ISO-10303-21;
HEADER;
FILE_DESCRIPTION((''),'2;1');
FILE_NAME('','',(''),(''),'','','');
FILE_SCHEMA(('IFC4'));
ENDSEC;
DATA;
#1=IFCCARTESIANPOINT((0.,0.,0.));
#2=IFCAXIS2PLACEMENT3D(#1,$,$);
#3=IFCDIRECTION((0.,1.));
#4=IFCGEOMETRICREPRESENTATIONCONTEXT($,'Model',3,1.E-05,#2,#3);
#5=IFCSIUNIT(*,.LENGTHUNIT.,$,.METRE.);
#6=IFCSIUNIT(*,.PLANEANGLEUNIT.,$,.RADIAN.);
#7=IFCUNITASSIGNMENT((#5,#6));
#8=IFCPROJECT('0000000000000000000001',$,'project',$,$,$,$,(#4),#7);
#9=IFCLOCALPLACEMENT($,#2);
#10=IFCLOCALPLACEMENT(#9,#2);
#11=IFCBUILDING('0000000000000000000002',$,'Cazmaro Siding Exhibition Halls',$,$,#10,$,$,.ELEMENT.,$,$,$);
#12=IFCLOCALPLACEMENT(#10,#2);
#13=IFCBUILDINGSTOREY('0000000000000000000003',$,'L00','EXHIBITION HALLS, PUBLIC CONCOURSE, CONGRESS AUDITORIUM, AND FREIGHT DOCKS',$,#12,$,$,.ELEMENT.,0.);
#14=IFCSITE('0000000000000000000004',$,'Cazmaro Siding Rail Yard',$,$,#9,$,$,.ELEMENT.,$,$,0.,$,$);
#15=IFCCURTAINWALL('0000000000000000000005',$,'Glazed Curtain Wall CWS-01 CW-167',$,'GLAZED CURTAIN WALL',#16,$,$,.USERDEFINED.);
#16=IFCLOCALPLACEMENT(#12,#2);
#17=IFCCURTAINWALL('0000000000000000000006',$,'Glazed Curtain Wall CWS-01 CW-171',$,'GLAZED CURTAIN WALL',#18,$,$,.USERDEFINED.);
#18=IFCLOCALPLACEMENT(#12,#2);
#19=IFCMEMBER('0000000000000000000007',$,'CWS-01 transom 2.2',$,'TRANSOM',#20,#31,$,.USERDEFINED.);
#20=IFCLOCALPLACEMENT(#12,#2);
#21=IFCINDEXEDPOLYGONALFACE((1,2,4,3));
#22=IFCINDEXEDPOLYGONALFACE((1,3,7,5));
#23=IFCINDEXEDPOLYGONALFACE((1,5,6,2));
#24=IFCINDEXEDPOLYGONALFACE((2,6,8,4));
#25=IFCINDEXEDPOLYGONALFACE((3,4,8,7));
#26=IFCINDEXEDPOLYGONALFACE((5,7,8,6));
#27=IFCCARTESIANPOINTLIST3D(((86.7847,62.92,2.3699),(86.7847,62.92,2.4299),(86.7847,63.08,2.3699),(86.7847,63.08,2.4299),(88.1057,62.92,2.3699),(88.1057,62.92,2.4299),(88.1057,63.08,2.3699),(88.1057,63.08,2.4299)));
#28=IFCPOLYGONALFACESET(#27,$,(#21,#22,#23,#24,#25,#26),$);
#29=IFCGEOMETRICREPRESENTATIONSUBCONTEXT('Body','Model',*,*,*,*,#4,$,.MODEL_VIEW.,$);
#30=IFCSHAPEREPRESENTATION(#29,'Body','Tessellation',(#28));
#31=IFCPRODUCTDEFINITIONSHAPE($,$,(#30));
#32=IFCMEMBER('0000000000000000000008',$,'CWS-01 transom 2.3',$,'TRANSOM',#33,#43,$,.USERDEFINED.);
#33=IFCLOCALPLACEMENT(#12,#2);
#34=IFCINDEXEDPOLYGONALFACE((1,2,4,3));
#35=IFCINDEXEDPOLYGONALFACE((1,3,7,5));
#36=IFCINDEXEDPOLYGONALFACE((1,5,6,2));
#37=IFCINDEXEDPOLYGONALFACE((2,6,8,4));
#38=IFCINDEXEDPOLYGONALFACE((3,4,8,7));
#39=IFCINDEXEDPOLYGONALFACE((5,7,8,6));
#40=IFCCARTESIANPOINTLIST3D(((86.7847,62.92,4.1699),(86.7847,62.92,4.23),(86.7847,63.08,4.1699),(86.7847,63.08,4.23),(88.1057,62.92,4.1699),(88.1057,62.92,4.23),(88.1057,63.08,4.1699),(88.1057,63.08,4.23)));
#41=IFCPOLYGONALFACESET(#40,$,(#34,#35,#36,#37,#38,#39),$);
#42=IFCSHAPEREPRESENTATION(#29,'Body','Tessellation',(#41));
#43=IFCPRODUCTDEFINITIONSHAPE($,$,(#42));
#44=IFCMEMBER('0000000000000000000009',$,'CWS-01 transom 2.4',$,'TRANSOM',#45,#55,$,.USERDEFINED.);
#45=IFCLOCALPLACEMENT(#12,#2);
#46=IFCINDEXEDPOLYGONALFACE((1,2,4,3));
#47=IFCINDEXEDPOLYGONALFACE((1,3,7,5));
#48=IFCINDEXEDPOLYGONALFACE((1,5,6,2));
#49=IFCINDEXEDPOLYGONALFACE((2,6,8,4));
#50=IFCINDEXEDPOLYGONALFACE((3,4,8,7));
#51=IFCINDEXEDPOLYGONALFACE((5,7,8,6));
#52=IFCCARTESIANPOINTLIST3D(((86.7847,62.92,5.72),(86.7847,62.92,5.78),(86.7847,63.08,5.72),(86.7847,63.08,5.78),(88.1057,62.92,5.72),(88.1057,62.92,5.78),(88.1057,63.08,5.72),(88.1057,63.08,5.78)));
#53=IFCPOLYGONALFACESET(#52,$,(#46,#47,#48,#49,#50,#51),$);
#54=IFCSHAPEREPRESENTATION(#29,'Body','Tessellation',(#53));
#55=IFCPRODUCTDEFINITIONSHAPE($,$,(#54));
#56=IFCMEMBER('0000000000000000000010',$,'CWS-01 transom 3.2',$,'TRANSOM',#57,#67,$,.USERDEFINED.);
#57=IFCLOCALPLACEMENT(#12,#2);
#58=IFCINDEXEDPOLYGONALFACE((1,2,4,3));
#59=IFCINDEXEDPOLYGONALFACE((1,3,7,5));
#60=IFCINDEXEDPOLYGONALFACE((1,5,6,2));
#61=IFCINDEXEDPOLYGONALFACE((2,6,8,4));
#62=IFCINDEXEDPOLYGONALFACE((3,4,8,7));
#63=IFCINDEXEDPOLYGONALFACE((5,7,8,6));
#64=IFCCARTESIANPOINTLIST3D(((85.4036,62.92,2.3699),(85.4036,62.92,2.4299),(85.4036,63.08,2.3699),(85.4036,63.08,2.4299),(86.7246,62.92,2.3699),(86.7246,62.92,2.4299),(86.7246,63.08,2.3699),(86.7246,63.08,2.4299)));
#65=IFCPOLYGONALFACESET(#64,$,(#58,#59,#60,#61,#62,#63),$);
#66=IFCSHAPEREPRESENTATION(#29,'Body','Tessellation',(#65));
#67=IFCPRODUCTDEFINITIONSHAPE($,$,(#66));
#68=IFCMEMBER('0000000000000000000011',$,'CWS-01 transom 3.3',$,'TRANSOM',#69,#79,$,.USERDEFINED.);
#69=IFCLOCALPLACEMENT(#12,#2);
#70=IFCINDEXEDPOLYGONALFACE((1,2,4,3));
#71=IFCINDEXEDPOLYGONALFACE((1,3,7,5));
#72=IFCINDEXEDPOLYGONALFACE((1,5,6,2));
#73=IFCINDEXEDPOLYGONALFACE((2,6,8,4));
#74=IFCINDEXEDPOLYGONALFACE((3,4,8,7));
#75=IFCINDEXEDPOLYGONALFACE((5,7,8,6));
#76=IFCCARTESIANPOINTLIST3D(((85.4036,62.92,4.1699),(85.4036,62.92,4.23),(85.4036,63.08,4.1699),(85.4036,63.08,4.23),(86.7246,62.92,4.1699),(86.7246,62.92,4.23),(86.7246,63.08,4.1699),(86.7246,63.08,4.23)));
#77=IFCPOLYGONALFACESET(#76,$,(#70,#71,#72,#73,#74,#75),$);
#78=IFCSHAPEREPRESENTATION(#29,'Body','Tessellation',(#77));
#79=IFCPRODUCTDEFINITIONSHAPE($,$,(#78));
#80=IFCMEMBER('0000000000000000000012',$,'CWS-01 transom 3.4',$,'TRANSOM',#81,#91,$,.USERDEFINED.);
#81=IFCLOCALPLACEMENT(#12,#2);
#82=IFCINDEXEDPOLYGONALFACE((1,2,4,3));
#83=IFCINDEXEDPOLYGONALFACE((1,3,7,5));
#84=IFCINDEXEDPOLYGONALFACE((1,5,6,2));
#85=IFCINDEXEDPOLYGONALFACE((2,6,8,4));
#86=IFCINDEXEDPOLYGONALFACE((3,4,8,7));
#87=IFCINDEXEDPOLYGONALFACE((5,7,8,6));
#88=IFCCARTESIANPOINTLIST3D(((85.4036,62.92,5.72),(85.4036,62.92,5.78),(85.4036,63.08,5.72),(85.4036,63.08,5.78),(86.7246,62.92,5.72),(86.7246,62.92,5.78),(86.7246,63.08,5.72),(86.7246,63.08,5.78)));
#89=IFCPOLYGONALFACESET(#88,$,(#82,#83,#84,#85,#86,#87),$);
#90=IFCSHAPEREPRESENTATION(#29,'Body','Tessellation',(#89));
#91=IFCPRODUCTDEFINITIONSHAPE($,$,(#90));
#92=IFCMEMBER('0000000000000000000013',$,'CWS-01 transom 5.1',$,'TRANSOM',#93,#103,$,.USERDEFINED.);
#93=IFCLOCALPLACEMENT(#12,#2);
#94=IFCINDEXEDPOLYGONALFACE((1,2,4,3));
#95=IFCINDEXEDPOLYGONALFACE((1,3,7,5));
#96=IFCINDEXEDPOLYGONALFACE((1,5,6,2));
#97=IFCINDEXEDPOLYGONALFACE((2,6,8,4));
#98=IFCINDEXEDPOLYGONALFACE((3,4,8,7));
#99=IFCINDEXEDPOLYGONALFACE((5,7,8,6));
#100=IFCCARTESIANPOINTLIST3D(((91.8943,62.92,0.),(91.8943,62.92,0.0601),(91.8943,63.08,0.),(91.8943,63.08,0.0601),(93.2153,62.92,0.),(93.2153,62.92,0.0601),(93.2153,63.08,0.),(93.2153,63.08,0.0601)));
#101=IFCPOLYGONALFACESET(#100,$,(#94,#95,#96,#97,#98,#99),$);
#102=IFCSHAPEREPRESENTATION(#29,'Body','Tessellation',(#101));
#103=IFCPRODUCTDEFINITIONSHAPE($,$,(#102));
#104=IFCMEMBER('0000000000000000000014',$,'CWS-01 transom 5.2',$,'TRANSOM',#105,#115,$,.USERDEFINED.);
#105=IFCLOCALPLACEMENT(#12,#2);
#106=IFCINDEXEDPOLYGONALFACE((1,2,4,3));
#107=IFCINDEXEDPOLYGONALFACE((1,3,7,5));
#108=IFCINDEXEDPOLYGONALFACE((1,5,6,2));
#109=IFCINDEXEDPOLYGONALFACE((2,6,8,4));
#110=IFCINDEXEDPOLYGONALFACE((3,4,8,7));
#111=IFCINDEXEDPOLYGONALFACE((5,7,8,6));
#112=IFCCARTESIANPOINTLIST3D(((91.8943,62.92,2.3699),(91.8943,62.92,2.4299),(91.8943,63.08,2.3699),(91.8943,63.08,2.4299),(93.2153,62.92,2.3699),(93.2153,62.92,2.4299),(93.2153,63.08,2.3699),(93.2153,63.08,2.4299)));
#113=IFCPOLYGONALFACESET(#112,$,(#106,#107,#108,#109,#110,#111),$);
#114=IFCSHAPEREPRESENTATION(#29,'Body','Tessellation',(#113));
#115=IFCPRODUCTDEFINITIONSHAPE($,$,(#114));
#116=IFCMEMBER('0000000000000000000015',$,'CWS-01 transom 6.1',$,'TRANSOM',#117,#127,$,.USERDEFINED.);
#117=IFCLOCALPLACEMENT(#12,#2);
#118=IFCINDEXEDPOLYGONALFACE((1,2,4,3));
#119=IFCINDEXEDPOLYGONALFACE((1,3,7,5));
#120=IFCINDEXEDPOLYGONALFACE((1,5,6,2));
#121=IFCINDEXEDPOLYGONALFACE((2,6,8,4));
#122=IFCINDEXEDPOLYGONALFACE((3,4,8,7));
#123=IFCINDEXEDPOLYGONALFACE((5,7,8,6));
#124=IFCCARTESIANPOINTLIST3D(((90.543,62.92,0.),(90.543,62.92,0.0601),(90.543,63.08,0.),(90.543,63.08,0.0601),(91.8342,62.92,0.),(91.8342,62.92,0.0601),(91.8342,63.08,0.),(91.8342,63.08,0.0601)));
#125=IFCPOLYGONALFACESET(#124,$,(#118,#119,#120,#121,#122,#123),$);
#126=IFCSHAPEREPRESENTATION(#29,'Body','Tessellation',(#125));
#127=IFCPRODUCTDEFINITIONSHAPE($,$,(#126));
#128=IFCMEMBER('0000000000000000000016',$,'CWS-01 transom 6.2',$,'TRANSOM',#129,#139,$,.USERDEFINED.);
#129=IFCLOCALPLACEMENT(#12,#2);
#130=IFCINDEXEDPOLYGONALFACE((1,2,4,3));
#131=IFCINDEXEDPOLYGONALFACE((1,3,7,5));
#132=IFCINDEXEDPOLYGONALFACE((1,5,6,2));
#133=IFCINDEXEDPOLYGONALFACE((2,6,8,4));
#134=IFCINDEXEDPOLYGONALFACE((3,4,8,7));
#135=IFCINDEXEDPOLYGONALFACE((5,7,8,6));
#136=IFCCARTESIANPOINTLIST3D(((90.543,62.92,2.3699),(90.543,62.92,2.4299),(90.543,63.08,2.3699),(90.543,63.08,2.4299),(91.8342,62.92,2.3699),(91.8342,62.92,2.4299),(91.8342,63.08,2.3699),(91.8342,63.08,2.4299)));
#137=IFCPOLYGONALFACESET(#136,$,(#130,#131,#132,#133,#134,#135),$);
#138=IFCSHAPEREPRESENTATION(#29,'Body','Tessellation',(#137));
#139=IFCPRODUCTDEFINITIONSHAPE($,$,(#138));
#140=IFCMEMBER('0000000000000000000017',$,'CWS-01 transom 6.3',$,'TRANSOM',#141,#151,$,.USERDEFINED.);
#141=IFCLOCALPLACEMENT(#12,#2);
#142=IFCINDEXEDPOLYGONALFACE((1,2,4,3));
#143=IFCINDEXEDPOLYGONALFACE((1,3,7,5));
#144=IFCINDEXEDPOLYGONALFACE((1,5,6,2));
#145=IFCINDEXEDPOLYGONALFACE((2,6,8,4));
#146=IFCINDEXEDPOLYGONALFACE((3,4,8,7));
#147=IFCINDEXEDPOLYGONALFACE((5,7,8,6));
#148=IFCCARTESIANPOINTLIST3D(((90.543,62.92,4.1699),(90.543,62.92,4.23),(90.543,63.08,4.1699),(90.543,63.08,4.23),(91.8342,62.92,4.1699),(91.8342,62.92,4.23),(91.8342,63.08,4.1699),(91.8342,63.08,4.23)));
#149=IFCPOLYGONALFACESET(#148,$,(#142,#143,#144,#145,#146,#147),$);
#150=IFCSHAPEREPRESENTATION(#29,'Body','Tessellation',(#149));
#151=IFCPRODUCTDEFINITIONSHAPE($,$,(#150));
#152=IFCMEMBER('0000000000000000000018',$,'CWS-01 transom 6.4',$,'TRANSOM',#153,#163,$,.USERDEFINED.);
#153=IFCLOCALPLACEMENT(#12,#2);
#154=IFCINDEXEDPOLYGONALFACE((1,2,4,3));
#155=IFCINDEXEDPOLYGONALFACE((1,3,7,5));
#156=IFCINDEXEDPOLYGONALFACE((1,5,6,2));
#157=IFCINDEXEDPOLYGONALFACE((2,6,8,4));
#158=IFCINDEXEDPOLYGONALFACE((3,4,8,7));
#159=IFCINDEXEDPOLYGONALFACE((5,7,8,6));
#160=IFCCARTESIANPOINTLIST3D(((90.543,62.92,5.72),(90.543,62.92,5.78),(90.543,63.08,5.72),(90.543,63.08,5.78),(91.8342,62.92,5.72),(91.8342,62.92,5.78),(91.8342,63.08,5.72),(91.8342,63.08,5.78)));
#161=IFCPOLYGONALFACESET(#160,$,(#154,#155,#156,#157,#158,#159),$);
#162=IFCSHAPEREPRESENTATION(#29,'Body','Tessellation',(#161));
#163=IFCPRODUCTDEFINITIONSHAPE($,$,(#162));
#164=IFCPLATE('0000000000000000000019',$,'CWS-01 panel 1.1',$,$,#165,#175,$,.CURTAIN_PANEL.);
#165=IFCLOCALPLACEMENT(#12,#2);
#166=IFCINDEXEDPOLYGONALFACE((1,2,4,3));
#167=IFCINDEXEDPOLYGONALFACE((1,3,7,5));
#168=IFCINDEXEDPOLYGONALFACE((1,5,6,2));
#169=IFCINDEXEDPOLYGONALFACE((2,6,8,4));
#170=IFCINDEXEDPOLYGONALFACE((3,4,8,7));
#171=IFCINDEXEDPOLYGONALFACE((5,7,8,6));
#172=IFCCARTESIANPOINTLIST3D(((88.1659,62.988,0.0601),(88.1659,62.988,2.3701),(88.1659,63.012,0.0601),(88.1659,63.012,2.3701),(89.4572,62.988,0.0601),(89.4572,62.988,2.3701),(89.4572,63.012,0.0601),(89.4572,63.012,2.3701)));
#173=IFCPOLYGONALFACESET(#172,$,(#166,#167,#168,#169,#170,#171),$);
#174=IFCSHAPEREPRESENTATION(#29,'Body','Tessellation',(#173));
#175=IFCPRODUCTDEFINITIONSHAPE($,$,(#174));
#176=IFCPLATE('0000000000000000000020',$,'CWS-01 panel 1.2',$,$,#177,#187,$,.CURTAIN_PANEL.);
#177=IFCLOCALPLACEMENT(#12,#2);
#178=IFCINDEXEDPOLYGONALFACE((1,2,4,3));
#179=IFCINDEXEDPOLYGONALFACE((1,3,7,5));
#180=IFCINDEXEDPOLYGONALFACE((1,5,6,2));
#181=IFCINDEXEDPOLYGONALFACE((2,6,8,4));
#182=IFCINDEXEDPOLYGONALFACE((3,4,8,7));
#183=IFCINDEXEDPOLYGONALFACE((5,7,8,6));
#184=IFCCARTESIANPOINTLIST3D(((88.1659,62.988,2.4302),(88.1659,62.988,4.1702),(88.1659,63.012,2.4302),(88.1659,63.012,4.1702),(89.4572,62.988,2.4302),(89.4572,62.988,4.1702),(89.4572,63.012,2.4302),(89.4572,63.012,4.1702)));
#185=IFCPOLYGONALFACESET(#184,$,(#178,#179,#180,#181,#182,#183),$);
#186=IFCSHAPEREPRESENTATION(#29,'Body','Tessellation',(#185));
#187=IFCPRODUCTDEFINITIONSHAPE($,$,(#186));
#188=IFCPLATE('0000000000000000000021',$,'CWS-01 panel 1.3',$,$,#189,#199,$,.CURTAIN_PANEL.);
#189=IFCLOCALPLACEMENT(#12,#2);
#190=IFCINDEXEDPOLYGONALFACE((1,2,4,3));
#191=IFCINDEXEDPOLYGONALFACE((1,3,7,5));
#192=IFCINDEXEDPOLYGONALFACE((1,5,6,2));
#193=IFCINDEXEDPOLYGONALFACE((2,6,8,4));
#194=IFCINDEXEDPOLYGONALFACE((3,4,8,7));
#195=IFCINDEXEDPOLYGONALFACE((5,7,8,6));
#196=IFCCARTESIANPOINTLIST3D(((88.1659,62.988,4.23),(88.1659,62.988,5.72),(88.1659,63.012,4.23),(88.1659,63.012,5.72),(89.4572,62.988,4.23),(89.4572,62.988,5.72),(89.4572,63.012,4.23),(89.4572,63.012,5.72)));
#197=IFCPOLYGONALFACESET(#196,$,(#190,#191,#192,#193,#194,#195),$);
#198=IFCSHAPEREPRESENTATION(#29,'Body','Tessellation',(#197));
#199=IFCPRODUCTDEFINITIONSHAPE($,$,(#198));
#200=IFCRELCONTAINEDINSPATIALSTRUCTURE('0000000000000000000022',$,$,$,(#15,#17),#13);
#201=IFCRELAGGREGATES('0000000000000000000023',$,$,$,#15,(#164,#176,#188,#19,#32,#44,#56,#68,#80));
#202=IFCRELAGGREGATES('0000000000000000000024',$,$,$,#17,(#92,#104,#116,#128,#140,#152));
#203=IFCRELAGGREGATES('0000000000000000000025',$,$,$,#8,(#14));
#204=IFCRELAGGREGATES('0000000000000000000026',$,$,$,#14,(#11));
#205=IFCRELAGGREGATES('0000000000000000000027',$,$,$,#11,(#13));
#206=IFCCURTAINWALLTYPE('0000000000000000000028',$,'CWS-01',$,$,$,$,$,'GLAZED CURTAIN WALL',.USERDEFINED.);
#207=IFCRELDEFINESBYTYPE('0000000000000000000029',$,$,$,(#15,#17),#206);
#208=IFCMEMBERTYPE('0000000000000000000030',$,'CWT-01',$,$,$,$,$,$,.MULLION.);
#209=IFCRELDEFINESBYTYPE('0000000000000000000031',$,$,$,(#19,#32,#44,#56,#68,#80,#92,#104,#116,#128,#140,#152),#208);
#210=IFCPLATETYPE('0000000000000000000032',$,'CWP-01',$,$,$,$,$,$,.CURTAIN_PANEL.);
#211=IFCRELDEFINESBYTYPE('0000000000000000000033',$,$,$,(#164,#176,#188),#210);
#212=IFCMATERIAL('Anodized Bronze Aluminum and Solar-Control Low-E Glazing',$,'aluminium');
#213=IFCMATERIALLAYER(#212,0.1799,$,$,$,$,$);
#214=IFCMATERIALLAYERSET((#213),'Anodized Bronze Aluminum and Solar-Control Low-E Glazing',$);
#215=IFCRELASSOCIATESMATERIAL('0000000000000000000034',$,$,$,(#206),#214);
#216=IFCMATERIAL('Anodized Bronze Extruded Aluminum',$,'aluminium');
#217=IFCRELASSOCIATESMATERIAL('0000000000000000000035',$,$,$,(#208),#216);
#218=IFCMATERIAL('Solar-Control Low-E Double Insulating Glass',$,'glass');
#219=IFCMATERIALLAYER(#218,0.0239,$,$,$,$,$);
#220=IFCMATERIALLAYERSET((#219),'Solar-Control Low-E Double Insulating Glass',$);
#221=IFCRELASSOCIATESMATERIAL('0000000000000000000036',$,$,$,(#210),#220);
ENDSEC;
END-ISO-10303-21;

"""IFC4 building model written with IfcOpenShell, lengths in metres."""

from ifc_helpers import new_model, si_unit, direction, frame, origin, origin_2d, place, context, subcontext, project, spatial, rectangle, extrude, material, layer, layer_set, material_profile, profile_set, type_object, element, aggregate, save


model = new_model("IFC4")

# Units and contexts
model_context = context("Model", 3, precision=1e-05, world=origin(), true_north=direction((0.0, 1.0)))
body_context = subcontext(model_context, "Body", "Model", "MODEL_VIEW")
ifc_project = project(units=[si_unit("LENGTHUNIT", "METRE"), si_unit("PLANEANGLEUNIT", "RADIAN")], contexts=[model_context])

# Site, building, storey
site_placement = place(None, origin())
site = spatial("IfcSite", under=ifc_project, at=site_placement, Name="Cazmaro Siding Rail Yard", CompositionType="ELEMENT", RefElevation=0.0)
building_placement = place(site_placement, origin())
building = spatial("IfcBuilding", under=site, at=building_placement, Name="Cazmaro Siding Exhibition Halls", CompositionType="ELEMENT")
storey_placement = place(building_placement, origin())
storey = spatial("IfcBuildingStorey", under=building, at=storey_placement, Name="L00", Description="EXHIBITION HALLS, PUBLIC CONCOURSE, CONGRESS AUDITORIUM, AND FREIGHT DOCKS", CompositionType="ELEMENT", Elevation=0.0)

# Curtain walls
ifc_material_1 = material(Name="Anodized Bronze Aluminum and Solar-Control Low-E Glazing", Category="aluminium")
ifc_layer_1 = layer(ifc_material_1, 0.1799)
ifc_layer_set_1 = layer_set([ifc_layer_1], Name="Anodized Bronze Aluminum and Solar-Control Low-E Glazing")
curtain_wall_type = type_object("IfcCurtainWallType", Name="CWS-01", ElementType="GLAZED CURTAIN WALL", PredefinedType="USERDEFINED", material=ifc_layer_set_1)
curtain_wall_1_placement = place(storey_placement, origin())
curtain_wall_1 = element("IfcCurtainWall", 1, at=curtain_wall_1_placement, inside=storey, type_object=curtain_wall_type, Name="Glazed Curtain Wall CWS-01 CW-167", ObjectType="GLAZED CURTAIN WALL", PredefinedType="USERDEFINED")
curtain_wall_2_placement = place(storey_placement, origin())
curtain_wall_2 = element("IfcCurtainWall", 2, at=curtain_wall_2_placement, inside=storey, type_object=curtain_wall_type, Name="Glazed Curtain Wall CWS-01 CW-171", ObjectType="GLAZED CURTAIN WALL", PredefinedType="USERDEFINED")

# Members
ifc_material_2 = material(Name="Anodized Bronze Extruded Aluminum", Category="aluminium")
ifc_material_profile_1 = material_profile(ifc_material_2, rectangle(XDim=0.1599, YDim=0.0601, at=origin_2d()), Name="CWT-01")
ifc_profile_set_1 = profile_set([ifc_material_profile_1], Name="Anodized Bronze Extruded Aluminum")
member_type_1 = type_object("IfcMemberType", Name="CWT-01", PredefinedType="MULLION", material=ifc_profile_set_1)
member_1_placement = place(storey_placement, frame((88.1057, 63.0, 2.3999), z_axis=(-1.0, 0.0, 0.0), x_axis=(0.0, -1.0, 0.0)))
member_1 = element("IfcMember", 3, at=member_1_placement, type_object=member_type_1, Name="CWS-01 transom 2.2", ObjectType="TRANSOM", PredefinedType="USERDEFINED", context=body_context, shape_type="SweptSolid", body=[
    extrude(rectangle(XDim=0.1599, YDim=0.0601, at=origin_2d()), origin(), (0.0, 0.0, 1.0), 1.321),
])
member_2_placement = place(storey_placement, frame((88.1057, 63.0, 4.2), z_axis=(-1.0, 0.0, 0.0), x_axis=(0.0, -1.0, 0.0)))
member_2 = element("IfcMember", 4, at=member_2_placement, type_object=member_type_1, Name="CWS-01 transom 2.3", ObjectType="TRANSOM", PredefinedType="USERDEFINED", context=body_context, shape_type="SweptSolid", body=[
    extrude(rectangle(XDim=0.1599, YDim=0.0601, at=origin_2d()), origin(), (0.0, 0.0, 1.0), 1.321),
])
member_3_placement = place(storey_placement, frame((88.1057, 63.0, 5.75), z_axis=(-1.0, 0.0, 0.0), x_axis=(0.0, -1.0, 0.0)))
member_3 = element("IfcMember", 5, at=member_3_placement, type_object=member_type_1, Name="CWS-01 transom 2.4", ObjectType="TRANSOM", PredefinedType="USERDEFINED", context=body_context, shape_type="SweptSolid", body=[
    extrude(rectangle(XDim=0.1599, YDim=0.0601, at=origin_2d()), origin(), (0.0, 0.0, 1.0), 1.321),
])
member_4_placement = place(storey_placement, frame((86.7246, 63.0, 2.3999), z_axis=(-1.0, 0.0, 0.0), x_axis=(0.0, -1.0, 0.0)))
member_4 = element("IfcMember", 6, at=member_4_placement, type_object=member_type_1, Name="CWS-01 transom 3.2", ObjectType="TRANSOM", PredefinedType="USERDEFINED", context=body_context, shape_type="SweptSolid", body=[
    extrude(rectangle(XDim=0.1599, YDim=0.0601, at=origin_2d()), origin(), (0.0, 0.0, 1.0), 1.321),
])
member_5_placement = place(storey_placement, frame((86.7246, 63.0, 4.2), z_axis=(-1.0, 0.0, 0.0), x_axis=(0.0, -1.0, 0.0)))
member_5 = element("IfcMember", 7, at=member_5_placement, type_object=member_type_1, Name="CWS-01 transom 3.3", ObjectType="TRANSOM", PredefinedType="USERDEFINED", context=body_context, shape_type="SweptSolid", body=[
    extrude(rectangle(XDim=0.1599, YDim=0.0601, at=origin_2d()), origin(), (0.0, 0.0, 1.0), 1.321),
])
member_6_placement = place(storey_placement, frame((86.7246, 63.0, 5.75), z_axis=(-1.0, 0.0, 0.0), x_axis=(0.0, -1.0, 0.0)))
member_6 = element("IfcMember", 8, at=member_6_placement, type_object=member_type_1, Name="CWS-01 transom 3.4", ObjectType="TRANSOM", PredefinedType="USERDEFINED", context=body_context, shape_type="SweptSolid", body=[
    extrude(rectangle(XDim=0.1599, YDim=0.0601, at=origin_2d()), origin(), (0.0, 0.0, 1.0), 1.321),
])
member_7_placement = place(storey_placement, frame((93.2153, 63.0, 0.03), z_axis=(-1.0, 0.0, 0.0), x_axis=(0.0, -1.0, 0.0)))
member_7 = element("IfcMember", 9, at=member_7_placement, type_object=member_type_1, Name="CWS-01 transom 5.1", ObjectType="TRANSOM", PredefinedType="USERDEFINED", context=body_context, shape_type="SweptSolid", body=[
    extrude(rectangle(XDim=0.1599, YDim=0.0601, at=origin_2d()), origin(), (0.0, 0.0, 1.0), 1.321),
])
member_8_placement = place(storey_placement, frame((93.2153, 63.0, 2.3999), z_axis=(-1.0, 0.0, 0.0), x_axis=(0.0, -1.0, 0.0)))
member_8 = element("IfcMember", 10, at=member_8_placement, type_object=member_type_1, Name="CWS-01 transom 5.2", ObjectType="TRANSOM", PredefinedType="USERDEFINED", context=body_context, shape_type="SweptSolid", body=[
    extrude(rectangle(XDim=0.1599, YDim=0.0601, at=origin_2d()), origin(), (0.0, 0.0, 1.0), 1.321),
])
member_9_placement = place(storey_placement, frame((91.8342, 63.0, 0.03), z_axis=(-1.0, 0.0, 0.0), x_axis=(0.0, -1.0, 0.0)))
member_9 = element("IfcMember", 11, at=member_9_placement, type_object=member_type_1, Name="CWS-01 transom 6.1", ObjectType="TRANSOM", PredefinedType="USERDEFINED", context=body_context, shape_type="SweptSolid", body=[
    extrude(rectangle(XDim=0.1599, YDim=0.0601, at=origin_2d()), origin(), (0.0, 0.0, 1.0), 1.2913),
])
member_10_placement = place(storey_placement, frame((91.8342, 63.0, 2.3999), z_axis=(-1.0, 0.0, 0.0), x_axis=(0.0, -1.0, 0.0)))
member_10 = element("IfcMember", 12, at=member_10_placement, type_object=member_type_1, Name="CWS-01 transom 6.2", ObjectType="TRANSOM", PredefinedType="USERDEFINED", context=body_context, shape_type="SweptSolid", body=[
    extrude(rectangle(XDim=0.1599, YDim=0.0601, at=origin_2d()), origin(), (0.0, 0.0, 1.0), 1.2913),
])
member_11_placement = place(storey_placement, frame((91.8342, 63.0, 4.2), z_axis=(-1.0, 0.0, 0.0), x_axis=(0.0, -1.0, 0.0)))
member_11 = element("IfcMember", 13, at=member_11_placement, type_object=member_type_1, Name="CWS-01 transom 6.3", ObjectType="TRANSOM", PredefinedType="USERDEFINED", context=body_context, shape_type="SweptSolid", body=[
    extrude(rectangle(XDim=0.1599, YDim=0.0601, at=origin_2d()), origin(), (0.0, 0.0, 1.0), 1.2913),
])
member_12_placement = place(storey_placement, frame((91.8342, 63.0, 5.75), z_axis=(-1.0, 0.0, 0.0), x_axis=(0.0, -1.0, 0.0)))
member_12 = element("IfcMember", 14, at=member_12_placement, type_object=member_type_1, Name="CWS-01 transom 6.4", ObjectType="TRANSOM", PredefinedType="USERDEFINED", context=body_context, shape_type="SweptSolid", body=[
    extrude(rectangle(XDim=0.1599, YDim=0.0601, at=origin_2d()), origin(), (0.0, 0.0, 1.0), 1.2913),
])

# Plates
ifc_material_3 = material(Name="Solar-Control Low-E Double Insulating Glass", Category="glass")
ifc_layer_2 = layer(ifc_material_3, 0.0239)
ifc_layer_set_2 = layer_set([ifc_layer_2], Name="Solar-Control Low-E Double Insulating Glass")
plate_type = type_object("IfcPlateType", Name="CWP-01", PredefinedType="CURTAIN_PANEL", material=ifc_layer_set_2)
plate_1_placement = place(storey_placement, frame((88.8115, 63.0, 0.0601), z_axis=(0.0, 0.0, 1.0), x_axis=(-1.0, 0.0, 0.0)))
plate_1 = element("IfcPlate", 15, at=plate_1_placement, type_object=plate_type, Name="CWS-01 panel 1.1", PredefinedType="CURTAIN_PANEL", context=body_context, shape_type="SweptSolid", body=[
    extrude(rectangle(XDim=1.2913, YDim=0.0239, at=origin_2d()), origin(), (0.0, 0.0, 1.0), 2.3101),
])
plate_2_placement = place(storey_placement, frame((88.8115, 63.0, 2.4302), z_axis=(0.0, 0.0, 1.0), x_axis=(-1.0, 0.0, 0.0)))
plate_2 = element("IfcPlate", 16, at=plate_2_placement, type_object=plate_type, Name="CWS-01 panel 1.2", PredefinedType="CURTAIN_PANEL", context=body_context, shape_type="SweptSolid", body=[
    extrude(rectangle(XDim=1.2913, YDim=0.0239, at=origin_2d()), origin(), (0.0, 0.0, 1.0), 1.74),
])
plate_3_placement = place(storey_placement, frame((88.8115, 63.0, 4.23), z_axis=(0.0, 0.0, 1.0), x_axis=(-1.0, 0.0, 0.0)))
plate_3 = element("IfcPlate", 17, at=plate_3_placement, type_object=plate_type, Name="CWS-01 panel 1.3", PredefinedType="CURTAIN_PANEL", context=body_context, shape_type="SweptSolid", body=[
    extrude(rectangle(XDim=1.2913, YDim=0.0239, at=origin_2d()), origin(), (0.0, 0.0, 1.0), 1.49),
])
aggregate(curtain_wall_1, [plate_1, plate_2, plate_3, member_1, member_2, member_3, member_4, member_5, member_6])
aggregate(curtain_wall_2, [member_7, member_8, member_9, member_10, member_11, member_12])

save(model, "model.ifc")
